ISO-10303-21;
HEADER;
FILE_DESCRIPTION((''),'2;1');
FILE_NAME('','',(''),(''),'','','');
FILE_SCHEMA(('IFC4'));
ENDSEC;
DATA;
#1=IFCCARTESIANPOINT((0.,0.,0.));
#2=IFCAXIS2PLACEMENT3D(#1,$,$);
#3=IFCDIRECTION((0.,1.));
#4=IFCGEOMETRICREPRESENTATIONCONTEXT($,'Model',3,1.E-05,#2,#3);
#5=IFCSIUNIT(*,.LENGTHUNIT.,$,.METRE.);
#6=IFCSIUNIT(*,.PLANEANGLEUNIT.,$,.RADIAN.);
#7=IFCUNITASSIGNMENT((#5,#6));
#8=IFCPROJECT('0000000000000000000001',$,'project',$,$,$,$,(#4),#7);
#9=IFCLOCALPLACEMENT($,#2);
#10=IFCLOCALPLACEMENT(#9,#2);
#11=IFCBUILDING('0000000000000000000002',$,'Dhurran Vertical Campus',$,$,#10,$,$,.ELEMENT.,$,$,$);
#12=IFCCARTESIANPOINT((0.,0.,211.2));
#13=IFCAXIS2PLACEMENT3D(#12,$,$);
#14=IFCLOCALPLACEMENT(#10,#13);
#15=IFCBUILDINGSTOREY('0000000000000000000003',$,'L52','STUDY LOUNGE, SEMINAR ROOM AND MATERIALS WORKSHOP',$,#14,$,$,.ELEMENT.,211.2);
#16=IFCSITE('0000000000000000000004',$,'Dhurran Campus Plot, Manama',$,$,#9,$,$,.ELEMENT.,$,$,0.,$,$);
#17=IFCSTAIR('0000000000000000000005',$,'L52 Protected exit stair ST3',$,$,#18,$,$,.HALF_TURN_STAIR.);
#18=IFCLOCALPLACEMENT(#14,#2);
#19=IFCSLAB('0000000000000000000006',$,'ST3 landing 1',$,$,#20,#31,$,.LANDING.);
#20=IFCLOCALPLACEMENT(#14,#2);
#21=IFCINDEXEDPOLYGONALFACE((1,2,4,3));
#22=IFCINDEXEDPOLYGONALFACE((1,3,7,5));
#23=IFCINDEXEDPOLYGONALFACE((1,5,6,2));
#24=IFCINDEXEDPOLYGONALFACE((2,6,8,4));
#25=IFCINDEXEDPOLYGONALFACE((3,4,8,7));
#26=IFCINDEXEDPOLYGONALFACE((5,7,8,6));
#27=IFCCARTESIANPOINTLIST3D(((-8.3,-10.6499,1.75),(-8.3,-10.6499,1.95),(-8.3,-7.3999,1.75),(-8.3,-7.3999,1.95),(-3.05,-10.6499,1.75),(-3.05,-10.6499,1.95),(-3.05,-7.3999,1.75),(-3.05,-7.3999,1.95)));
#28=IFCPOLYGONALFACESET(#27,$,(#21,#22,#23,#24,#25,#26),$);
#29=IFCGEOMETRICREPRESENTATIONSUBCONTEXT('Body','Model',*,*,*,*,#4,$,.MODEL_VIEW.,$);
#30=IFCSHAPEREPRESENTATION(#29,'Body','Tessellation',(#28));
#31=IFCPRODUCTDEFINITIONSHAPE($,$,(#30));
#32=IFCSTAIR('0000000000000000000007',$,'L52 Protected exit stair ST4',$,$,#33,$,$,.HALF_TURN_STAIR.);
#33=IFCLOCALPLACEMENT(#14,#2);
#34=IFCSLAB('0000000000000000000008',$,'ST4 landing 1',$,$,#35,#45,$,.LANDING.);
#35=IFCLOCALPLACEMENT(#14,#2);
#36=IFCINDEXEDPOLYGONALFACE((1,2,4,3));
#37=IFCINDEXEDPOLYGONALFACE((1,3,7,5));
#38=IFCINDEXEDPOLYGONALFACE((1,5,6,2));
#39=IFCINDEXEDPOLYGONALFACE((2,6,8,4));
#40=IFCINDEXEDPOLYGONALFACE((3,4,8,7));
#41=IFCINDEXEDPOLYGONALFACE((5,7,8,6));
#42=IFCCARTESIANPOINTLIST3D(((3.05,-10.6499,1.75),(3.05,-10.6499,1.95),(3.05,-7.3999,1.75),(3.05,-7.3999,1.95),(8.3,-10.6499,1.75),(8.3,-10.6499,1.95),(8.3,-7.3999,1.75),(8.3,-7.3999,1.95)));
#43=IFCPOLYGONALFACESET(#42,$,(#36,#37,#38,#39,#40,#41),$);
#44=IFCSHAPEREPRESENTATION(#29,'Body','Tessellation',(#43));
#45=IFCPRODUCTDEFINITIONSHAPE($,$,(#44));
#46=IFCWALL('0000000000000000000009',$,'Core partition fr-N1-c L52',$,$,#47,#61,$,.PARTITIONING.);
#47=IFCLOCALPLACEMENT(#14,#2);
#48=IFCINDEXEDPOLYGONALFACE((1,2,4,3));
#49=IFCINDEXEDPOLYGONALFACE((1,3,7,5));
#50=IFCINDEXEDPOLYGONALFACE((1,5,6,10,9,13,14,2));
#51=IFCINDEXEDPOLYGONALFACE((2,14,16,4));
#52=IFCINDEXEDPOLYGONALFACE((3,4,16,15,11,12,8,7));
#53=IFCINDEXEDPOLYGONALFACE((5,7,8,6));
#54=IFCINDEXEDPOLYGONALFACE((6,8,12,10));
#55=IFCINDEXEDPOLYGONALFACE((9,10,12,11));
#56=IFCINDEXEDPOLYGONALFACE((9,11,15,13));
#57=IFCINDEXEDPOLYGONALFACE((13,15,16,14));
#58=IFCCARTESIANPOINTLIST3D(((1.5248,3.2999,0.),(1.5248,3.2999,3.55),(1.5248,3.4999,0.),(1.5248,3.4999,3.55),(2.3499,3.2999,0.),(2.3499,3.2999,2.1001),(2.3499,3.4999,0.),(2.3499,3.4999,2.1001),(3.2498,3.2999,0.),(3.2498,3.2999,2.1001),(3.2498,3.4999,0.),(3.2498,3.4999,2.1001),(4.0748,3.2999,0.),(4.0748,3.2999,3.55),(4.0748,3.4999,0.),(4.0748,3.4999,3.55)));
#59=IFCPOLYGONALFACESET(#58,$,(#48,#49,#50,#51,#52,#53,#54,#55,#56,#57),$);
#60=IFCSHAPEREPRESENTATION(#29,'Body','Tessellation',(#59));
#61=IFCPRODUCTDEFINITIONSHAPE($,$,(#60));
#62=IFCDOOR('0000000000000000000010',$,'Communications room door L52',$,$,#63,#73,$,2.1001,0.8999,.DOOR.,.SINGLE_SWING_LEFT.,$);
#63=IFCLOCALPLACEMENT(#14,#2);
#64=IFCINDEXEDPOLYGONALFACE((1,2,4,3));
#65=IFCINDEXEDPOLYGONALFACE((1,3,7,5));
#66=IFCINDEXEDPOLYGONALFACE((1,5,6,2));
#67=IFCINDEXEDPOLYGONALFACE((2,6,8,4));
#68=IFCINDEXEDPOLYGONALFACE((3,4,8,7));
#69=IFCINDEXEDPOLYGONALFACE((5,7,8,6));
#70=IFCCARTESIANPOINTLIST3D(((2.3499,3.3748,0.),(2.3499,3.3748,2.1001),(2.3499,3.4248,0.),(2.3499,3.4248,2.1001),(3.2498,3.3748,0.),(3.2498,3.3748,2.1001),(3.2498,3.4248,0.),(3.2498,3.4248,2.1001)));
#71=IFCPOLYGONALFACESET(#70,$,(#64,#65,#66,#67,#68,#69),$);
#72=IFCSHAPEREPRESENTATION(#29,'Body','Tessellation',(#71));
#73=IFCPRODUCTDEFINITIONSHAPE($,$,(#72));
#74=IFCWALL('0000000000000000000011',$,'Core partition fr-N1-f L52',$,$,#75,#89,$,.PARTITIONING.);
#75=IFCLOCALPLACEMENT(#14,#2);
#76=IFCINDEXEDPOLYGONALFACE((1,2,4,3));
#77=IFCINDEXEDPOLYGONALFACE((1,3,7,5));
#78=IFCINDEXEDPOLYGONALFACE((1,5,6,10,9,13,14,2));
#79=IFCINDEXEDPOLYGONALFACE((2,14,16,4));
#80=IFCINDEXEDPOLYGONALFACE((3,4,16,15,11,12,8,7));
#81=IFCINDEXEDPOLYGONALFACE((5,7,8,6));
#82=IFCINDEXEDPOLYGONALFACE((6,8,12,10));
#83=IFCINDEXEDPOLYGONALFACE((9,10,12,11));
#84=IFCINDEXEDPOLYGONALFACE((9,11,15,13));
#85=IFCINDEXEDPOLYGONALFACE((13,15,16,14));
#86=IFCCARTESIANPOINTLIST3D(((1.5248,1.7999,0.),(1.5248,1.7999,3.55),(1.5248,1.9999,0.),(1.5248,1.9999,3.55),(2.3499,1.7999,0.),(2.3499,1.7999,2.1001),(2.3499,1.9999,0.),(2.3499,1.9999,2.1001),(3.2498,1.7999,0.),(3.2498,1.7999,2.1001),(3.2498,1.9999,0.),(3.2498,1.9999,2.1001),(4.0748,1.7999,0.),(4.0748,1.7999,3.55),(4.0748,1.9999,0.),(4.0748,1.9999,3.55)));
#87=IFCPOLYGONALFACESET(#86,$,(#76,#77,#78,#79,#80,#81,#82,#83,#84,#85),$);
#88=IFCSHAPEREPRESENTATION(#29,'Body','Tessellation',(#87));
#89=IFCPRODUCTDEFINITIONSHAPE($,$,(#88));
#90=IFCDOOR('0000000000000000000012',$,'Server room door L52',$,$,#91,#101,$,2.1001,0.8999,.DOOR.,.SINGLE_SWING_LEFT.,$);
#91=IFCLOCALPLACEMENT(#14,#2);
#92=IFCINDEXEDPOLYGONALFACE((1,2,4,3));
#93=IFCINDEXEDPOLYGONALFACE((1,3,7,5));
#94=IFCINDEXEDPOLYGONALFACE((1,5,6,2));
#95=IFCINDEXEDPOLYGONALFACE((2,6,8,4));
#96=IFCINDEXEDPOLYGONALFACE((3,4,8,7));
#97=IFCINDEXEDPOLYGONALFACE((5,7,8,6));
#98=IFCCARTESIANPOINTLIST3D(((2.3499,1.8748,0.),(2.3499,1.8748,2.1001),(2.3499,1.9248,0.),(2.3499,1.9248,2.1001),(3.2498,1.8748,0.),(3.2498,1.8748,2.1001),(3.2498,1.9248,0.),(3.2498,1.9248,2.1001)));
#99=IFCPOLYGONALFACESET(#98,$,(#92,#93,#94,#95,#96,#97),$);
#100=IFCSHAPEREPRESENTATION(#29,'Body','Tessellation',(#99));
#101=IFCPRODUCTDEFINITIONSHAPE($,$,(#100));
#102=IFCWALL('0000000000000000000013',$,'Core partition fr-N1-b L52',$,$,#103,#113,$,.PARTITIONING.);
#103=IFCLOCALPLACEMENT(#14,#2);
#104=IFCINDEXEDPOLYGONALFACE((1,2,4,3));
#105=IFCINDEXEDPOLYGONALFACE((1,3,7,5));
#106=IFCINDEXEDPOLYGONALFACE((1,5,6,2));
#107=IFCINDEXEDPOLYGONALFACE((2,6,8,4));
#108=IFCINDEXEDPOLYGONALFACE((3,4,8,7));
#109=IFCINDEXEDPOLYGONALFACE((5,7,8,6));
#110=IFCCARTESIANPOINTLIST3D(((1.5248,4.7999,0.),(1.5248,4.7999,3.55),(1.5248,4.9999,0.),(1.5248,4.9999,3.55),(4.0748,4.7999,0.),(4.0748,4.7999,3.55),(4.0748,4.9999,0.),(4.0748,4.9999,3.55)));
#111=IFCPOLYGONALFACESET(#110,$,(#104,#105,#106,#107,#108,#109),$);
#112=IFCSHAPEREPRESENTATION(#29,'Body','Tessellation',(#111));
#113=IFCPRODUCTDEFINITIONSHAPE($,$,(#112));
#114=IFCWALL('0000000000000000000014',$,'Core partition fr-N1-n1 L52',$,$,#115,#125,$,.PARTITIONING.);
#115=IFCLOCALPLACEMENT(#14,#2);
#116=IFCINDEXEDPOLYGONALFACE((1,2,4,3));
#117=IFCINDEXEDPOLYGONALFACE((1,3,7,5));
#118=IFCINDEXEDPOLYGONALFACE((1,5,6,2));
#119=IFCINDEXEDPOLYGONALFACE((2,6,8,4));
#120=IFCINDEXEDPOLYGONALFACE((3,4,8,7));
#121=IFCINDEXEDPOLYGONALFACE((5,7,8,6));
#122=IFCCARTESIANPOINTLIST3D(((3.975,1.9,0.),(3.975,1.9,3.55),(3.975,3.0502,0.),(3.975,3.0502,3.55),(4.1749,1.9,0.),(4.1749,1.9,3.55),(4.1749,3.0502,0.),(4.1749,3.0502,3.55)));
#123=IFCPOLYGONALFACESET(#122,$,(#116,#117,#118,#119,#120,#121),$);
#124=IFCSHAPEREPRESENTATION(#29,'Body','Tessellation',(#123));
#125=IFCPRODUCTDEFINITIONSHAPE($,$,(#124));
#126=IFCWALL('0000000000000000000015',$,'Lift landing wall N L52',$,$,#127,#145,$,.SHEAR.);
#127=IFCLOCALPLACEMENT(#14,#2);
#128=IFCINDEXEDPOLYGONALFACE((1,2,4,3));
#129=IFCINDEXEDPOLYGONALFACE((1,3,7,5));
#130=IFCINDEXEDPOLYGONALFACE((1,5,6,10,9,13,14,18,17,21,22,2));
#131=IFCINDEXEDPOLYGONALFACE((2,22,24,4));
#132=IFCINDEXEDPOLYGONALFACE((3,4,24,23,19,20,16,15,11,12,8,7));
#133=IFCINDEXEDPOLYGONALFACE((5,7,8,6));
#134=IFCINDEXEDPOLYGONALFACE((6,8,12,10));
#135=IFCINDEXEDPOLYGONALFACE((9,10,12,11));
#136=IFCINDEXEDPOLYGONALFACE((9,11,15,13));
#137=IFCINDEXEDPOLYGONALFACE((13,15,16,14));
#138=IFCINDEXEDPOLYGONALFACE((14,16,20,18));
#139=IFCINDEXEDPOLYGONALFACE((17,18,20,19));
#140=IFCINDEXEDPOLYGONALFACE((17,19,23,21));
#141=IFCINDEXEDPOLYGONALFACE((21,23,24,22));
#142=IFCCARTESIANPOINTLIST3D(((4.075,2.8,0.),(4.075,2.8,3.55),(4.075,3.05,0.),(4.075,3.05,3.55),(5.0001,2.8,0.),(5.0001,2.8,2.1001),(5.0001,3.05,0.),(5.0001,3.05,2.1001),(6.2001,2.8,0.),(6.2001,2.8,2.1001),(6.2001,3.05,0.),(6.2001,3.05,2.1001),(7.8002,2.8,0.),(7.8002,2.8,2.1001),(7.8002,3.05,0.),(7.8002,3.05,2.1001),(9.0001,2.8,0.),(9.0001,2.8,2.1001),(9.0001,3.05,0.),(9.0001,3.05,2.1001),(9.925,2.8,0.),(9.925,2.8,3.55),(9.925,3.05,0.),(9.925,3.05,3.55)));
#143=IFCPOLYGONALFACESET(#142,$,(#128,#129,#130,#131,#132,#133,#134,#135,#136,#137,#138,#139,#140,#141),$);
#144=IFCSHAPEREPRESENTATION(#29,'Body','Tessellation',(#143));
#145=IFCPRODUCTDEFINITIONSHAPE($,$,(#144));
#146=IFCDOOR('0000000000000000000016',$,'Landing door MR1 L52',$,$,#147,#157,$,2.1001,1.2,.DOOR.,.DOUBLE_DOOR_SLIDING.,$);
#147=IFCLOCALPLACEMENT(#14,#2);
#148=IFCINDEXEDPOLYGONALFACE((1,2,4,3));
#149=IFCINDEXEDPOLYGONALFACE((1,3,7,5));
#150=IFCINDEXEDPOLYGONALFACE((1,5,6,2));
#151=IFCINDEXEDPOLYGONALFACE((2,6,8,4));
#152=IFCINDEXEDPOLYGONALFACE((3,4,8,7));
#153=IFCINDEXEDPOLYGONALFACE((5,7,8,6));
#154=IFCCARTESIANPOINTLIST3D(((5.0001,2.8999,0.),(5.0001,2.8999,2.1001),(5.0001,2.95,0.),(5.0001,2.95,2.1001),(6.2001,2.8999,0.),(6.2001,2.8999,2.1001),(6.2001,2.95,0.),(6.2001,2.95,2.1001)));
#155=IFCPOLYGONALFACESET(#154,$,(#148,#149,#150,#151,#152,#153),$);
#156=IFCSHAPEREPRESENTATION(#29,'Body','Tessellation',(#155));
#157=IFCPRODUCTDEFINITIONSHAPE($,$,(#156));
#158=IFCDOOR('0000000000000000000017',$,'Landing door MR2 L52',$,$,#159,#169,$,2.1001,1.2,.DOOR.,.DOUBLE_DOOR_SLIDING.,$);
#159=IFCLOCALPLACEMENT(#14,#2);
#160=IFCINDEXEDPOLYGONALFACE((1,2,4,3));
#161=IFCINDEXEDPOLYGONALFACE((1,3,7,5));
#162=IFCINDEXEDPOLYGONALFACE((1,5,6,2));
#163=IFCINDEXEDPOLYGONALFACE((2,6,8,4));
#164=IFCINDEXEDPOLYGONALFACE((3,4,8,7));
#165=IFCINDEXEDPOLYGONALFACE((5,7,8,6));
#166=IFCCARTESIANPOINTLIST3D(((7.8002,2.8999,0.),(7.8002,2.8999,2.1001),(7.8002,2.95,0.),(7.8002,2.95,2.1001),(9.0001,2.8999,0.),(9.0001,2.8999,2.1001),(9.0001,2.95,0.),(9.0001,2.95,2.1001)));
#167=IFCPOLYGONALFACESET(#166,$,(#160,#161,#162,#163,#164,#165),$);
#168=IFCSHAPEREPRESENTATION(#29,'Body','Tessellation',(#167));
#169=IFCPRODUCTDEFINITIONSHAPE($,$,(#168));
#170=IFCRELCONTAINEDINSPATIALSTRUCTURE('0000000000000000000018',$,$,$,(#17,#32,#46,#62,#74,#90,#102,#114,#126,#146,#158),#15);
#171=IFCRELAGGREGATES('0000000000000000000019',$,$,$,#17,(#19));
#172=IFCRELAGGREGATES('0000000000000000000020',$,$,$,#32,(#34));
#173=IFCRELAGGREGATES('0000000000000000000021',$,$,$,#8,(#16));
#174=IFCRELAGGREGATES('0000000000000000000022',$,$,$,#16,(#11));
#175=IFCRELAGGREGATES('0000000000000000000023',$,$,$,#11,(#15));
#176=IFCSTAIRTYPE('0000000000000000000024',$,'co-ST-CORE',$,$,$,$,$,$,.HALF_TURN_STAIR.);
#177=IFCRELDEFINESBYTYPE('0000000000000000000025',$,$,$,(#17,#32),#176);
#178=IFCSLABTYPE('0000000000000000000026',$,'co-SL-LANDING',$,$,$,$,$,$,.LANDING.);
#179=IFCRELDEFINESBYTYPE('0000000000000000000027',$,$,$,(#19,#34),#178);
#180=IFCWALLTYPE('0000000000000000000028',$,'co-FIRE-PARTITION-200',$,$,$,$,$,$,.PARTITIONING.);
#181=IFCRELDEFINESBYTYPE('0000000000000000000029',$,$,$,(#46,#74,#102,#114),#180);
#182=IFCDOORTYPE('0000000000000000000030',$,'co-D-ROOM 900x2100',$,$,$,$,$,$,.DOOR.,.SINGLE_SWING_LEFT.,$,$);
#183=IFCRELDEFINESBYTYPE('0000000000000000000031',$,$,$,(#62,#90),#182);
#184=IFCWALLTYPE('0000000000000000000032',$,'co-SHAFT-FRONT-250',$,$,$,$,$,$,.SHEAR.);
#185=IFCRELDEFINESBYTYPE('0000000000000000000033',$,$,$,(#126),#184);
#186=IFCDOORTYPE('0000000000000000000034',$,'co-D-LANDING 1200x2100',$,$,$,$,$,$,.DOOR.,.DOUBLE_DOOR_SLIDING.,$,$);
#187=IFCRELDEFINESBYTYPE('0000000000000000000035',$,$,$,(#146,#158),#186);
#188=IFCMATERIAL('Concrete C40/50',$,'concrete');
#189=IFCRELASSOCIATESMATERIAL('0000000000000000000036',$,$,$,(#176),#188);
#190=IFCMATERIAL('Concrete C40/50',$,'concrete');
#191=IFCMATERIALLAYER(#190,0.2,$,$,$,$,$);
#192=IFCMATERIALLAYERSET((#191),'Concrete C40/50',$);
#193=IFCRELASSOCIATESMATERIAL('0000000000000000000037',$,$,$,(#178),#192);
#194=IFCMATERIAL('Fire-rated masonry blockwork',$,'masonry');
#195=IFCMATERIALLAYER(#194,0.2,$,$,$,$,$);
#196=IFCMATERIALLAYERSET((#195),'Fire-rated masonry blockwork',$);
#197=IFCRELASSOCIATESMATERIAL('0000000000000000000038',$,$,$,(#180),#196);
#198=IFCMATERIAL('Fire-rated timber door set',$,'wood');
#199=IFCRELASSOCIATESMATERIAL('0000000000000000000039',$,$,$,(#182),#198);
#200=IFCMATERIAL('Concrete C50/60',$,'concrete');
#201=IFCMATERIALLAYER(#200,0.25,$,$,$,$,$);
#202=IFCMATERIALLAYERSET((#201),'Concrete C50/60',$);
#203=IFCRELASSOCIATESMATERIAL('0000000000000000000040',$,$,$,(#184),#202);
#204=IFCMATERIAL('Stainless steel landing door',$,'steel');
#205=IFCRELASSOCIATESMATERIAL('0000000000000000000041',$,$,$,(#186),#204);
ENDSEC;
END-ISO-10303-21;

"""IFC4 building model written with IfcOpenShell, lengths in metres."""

from ifc_helpers import new_model, si_unit, direction, frame, frame_2d, origin, place, context, subcontext, project, spatial, polyline, rectangle, outline, extrude, material, layer, layer_set, type_object, element, fill, aggregate, save


model = new_model("IFC4")

# Units and contexts
model_context = context("Model", 3, precision=1e-05, world=origin(), true_north=direction((0.0, 1.0)))
body_context = subcontext(model_context, "Body", "Model", "MODEL_VIEW")
ifc_project = project(units=[si_unit("LENGTHUNIT", "METRE"), si_unit("PLANEANGLEUNIT", "RADIAN")], contexts=[model_context])

# Site, building, storey
site_placement = place(None, origin())
site = spatial("IfcSite", under=ifc_project, at=site_placement, Name="Dhurran Campus Plot, Manama", CompositionType="ELEMENT", RefElevation=0.0)
building_placement = place(site_placement, origin())
building = spatial("IfcBuilding", under=site, at=building_placement, Name="Dhurran Vertical Campus", CompositionType="ELEMENT")
storey_placement = place(building_placement, frame((0.0, 0.0, 211.2)))
storey = spatial("IfcBuildingStorey", under=building, at=storey_placement, Name="L52", Description="STUDY LOUNGE, SEMINAR ROOM AND MATERIALS WORKSHOP", CompositionType="ELEMENT", Elevation=211.2)

# Stairs, slabs
ifc_material_1 = material(Name="Concrete C40/50", Category="concrete")
stair_type = type_object("IfcStairType", Name="co-ST-CORE", PredefinedType="HALF_TURN_STAIR", material=ifc_material_1)
stair_1_placement = place(storey_placement, origin())
stair_1 = element("IfcStair", 1, at=stair_1_placement, inside=storey, type_object=stair_type, Name="L52 Protected exit stair ST3", PredefinedType="HALF_TURN_STAIR")
ifc_material_2 = material(Name="Concrete C40/50", Category="concrete")
ifc_layer_1 = layer(ifc_material_2, 0.2)
ifc_layer_set_1 = layer_set([ifc_layer_1], Name="Concrete C40/50")
slab_type = type_object("IfcSlabType", Name="co-SL-LANDING", PredefinedType="LANDING", material=ifc_layer_set_1)
slab_1_placement = place(storey_placement, frame((0.0, 0.0, 1.75)))
slab_1 = element("IfcSlab", 2, at=slab_1_placement, type_object=slab_type, Name="ST3 landing 1", PredefinedType="LANDING", context=body_context, shape_type="SweptSolid", body=[
    extrude(outline(polyline([(-8.3, -10.6499), (-3.05, -10.6499), (-3.05, -7.3999), (-8.3, -7.3999), (-8.3, -10.6499)])), origin(), (0.0, 0.0, 1.0), 0.2),
])
aggregate(stair_1, [slab_1])
stair_2_placement = place(storey_placement, origin())
stair_2 = element("IfcStair", 3, at=stair_2_placement, inside=storey, type_object=stair_type, Name="L52 Protected exit stair ST4", PredefinedType="HALF_TURN_STAIR")
slab_2_placement = place(storey_placement, frame((0.0, 0.0, 1.75)))
slab_2 = element("IfcSlab", 4, at=slab_2_placement, type_object=slab_type, Name="ST4 landing 1", PredefinedType="LANDING", context=body_context, shape_type="SweptSolid", body=[
    extrude(outline(polyline([(8.3, -7.3999), (3.05, -7.3999), (3.05, -10.6499), (8.3, -10.6499), (8.3, -7.3999)])), origin(), (0.0, 0.0, 1.0), 0.2),
])
aggregate(stair_2, [slab_2])

# Walls, openings, doors
ifc_material_3 = material(Name="Fire-rated masonry blockwork", Category="masonry")
ifc_layer_2 = layer(ifc_material_3, 0.2)
ifc_layer_set_2 = layer_set([ifc_layer_2], Name="Fire-rated masonry blockwork")
wall_type_1 = type_object("IfcWallType", Name="co-FIRE-PARTITION-200", PredefinedType="PARTITIONING", material=ifc_layer_set_2)
wall_1_placement = place(storey_placement, frame((1.5249, 3.3999, 0.0), z_axis=(0.0, 0.0, 1.0), x_axis=(1.0, 0.0, 0.0)))
wall_1 = element("IfcWall", 5, at=wall_1_placement, inside=storey, type_object=wall_type_1, Name="Core partition fr-N1-c L52", PredefinedType="PARTITIONING", context=body_context, shape_type="SweptSolid", body=[
    extrude(rectangle(XDim=2.55, YDim=0.2, at=frame_2d((1.2749, 0.0))), origin(), (0.0, 0.0, 1.0), 3.55),
])
opening_1_placement = place(wall_1_placement, frame((0.825, 0.0, 0.0)))
opening_1 = element("IfcOpeningElement", 6, at=opening_1_placement, cuts=wall_1, PredefinedType="OPENING", context=body_context, shape_type="SweptSolid", body=[
    extrude(rectangle(XDim=0.8999, YDim=2.1001, at=frame_2d((0.45, 1.05))), frame((0.0, 0.1099, 0.0), z_axis=(0.0, -1.0, 0.0), x_axis=(1.0, 0.0, 0.0)), (0.0, 0.0, 1.0), 0.22),
])
ifc_material_4 = material(Name="Fire-rated timber door set", Category="wood")
door_type_1 = type_object("IfcDoorType", Name="co-D-ROOM 900x2100", OperationType="SINGLE_SWING_LEFT", PredefinedType="DOOR", material=ifc_material_4)
door_1_placement = place(opening_1_placement, origin())
door_1 = element("IfcDoor", 7, at=door_1_placement, inside=storey, type_object=door_type_1, Name="Communications room door L52", OperationType="SINGLE_SWING_LEFT", OverallHeight=2.1001, OverallWidth=0.8999, PredefinedType="DOOR", context=body_context, shape_type="SweptSolid", body=[
    extrude(rectangle(XDim=0.8999, YDim=2.1001, at=frame_2d((0.45, 1.05))), frame((0.0, 0.0249, 0.0), z_axis=(0.0, -1.0, 0.0), x_axis=(1.0, 0.0, 0.0)), (0.0, 0.0, 1.0), 0.05),
])
fill(opening_1, door_1)
wall_2_placement = place(storey_placement, frame((1.5249, 1.8999, 0.0), z_axis=(0.0, 0.0, 1.0), x_axis=(1.0, 0.0, 0.0)))
wall_2 = element("IfcWall", 8, at=wall_2_placement, inside=storey, type_object=wall_type_1, Name="Core partition fr-N1-f L52", PredefinedType="PARTITIONING", context=body_context, shape_type="SweptSolid", body=[
    extrude(rectangle(XDim=2.55, YDim=0.2, at=frame_2d((1.2749, 0.0))), origin(), (0.0, 0.0, 1.0), 3.55),
])
opening_2_placement = place(wall_2_placement, frame((0.825, 0.0, 0.0)))
opening_2 = element("IfcOpeningElement", 9, at=opening_2_placement, cuts=wall_2, PredefinedType="OPENING", context=body_context, shape_type="SweptSolid", body=[
    extrude(rectangle(XDim=0.8999, YDim=2.1001, at=frame_2d((0.45, 1.05))), frame((0.0, 0.1099, 0.0), z_axis=(0.0, -1.0, 0.0), x_axis=(1.0, 0.0, 0.0)), (0.0, 0.0, 1.0), 0.22),
])
door_2_placement = place(opening_2_placement, origin())
door_2 = element("IfcDoor", 10, at=door_2_placement, inside=storey, type_object=door_type_1, Name="Server room door L52", OperationType="SINGLE_SWING_LEFT", OverallHeight=2.1001, OverallWidth=0.8999, PredefinedType="DOOR", context=body_context, shape_type="SweptSolid", body=[
    extrude(rectangle(XDim=0.8999, YDim=2.1001, at=frame_2d((0.45, 1.05))), frame((0.0, 0.0249, 0.0), z_axis=(0.0, -1.0, 0.0), x_axis=(1.0, 0.0, 0.0)), (0.0, 0.0, 1.0), 0.05),
])
fill(opening_2, door_2)

# Walls
wall_3_placement = place(storey_placement, frame((1.5249, 4.8999, 0.0), z_axis=(0.0, 0.0, 1.0), x_axis=(1.0, 0.0, 0.0)))
element("IfcWall", 11, at=wall_3_placement, inside=storey, type_object=wall_type_1, Name="Core partition fr-N1-b L52", PredefinedType="PARTITIONING", context=body_context, shape_type="SweptSolid", body=[
    extrude(rectangle(XDim=2.55, YDim=0.2, at=frame_2d((1.2749, 0.0))), origin(), (0.0, 0.0, 1.0), 3.55),
])
wall_4_placement = place(storey_placement, frame((4.075, 1.8999, 0.0), z_axis=(0.0, 0.0, 1.0), x_axis=(0.0, 1.0, 0.0)))
element("IfcWall", 12, at=wall_4_placement, inside=storey, type_object=wall_type_1, Name="Core partition fr-N1-n1 L52", PredefinedType="PARTITIONING", context=body_context, shape_type="SweptSolid", body=[
    extrude(rectangle(XDim=1.1501, YDim=0.2, at=frame_2d((0.5752, 0.0))), origin(), (0.0, 0.0, 1.0), 3.55),
])

# Wall, openings, doors
ifc_material_5 = material(Name="Concrete C50/60", Category="concrete")
ifc_layer_3 = layer(ifc_material_5, 0.25)
ifc_layer_set_3 = layer_set([ifc_layer_3], Name="Concrete C50/60")
wall_type_2 = type_object("IfcWallType", Name="co-SHAFT-FRONT-250", PredefinedType="SHEAR", material=ifc_layer_set_3)
wall_5_placement = place(storey_placement, frame((4.075, 2.925, 0.0), z_axis=(0.0, 0.0, 1.0), x_axis=(1.0, 0.0, 0.0)))
wall_5 = element("IfcWall", 13, at=wall_5_placement, inside=storey, type_object=wall_type_2, Name="Lift landing wall N L52", PredefinedType="SHEAR", context=body_context, shape_type="SweptSolid", body=[
    extrude(rectangle(XDim=5.8501, YDim=0.25, at=frame_2d((2.925, 0.0))), origin(), (0.0, 0.0, 1.0), 3.55),
])
opening_3_placement = place(wall_5_placement, frame((0.925, 0.0, 0.0)))
opening_3 = element("IfcOpeningElement", 14, at=opening_3_placement, cuts=wall_5, PredefinedType="OPENING", context=body_context, shape_type="SweptSolid", body=[
    extrude(rectangle(XDim=1.2, YDim=2.1001, at=frame_2d((0.6001, 1.05))), frame((0.0, 0.135, 0.0), z_axis=(0.0, -1.0, 0.0), x_axis=(1.0, 0.0, 0.0)), (0.0, 0.0, 1.0), 0.27),
])
opening_4_placement = place(wall_5_placement, frame((3.7251, 0.0, 0.0)))
opening_4 = element("IfcOpeningElement", 15, at=opening_4_placement, cuts=wall_5, PredefinedType="OPENING", context=body_context, shape_type="SweptSolid", body=[
    extrude(rectangle(XDim=1.2, YDim=2.1001, at=frame_2d((0.6001, 1.05))), frame((0.0, 0.135, 0.0), z_axis=(0.0, -1.0, 0.0), x_axis=(1.0, 0.0, 0.0)), (0.0, 0.0, 1.0), 0.27),
])
ifc_material_6 = material(Name="Stainless steel landing door", Category="steel")
door_type_2 = type_object("IfcDoorType", Name="co-D-LANDING 1200x2100", OperationType="DOUBLE_DOOR_SLIDING", PredefinedType="DOOR", material=ifc_material_6)
door_3_placement = place(opening_3_placement, origin())
door_3 = element("IfcDoor", 16, at=door_3_placement, inside=storey, type_object=door_type_2, Name="Landing door MR1 L52", OperationType="DOUBLE_DOOR_SLIDING", OverallHeight=2.1001, OverallWidth=1.2, PredefinedType="DOOR", context=body_context, shape_type="SweptSolid", body=[
    extrude(rectangle(XDim=1.2, YDim=2.1001, at=frame_2d((0.6001, 1.05))), frame((0.0, 0.0249, 0.0), z_axis=(0.0, -1.0, 0.0), x_axis=(1.0, 0.0, 0.0)), (0.0, 0.0, 1.0), 0.05),
])
fill(opening_3, door_3)
door_4_placement = place(opening_4_placement, origin())
door_4 = element("IfcDoor", 17, at=door_4_placement, inside=storey, type_object=door_type_2, Name="Landing door MR2 L52", OperationType="DOUBLE_DOOR_SLIDING", OverallHeight=2.1001, OverallWidth=1.2, PredefinedType="DOOR", context=body_context, shape_type="SweptSolid", body=[
    extrude(rectangle(XDim=1.2, YDim=2.1001, at=frame_2d((0.6001, 1.05))), frame((0.0, 0.0249, 0.0), z_axis=(0.0, -1.0, 0.0), x_axis=(1.0, 0.0, 0.0)), (0.0, 0.0, 1.0), 0.05),
])
fill(opening_4, door_4)

save(model, "model.ifc")
